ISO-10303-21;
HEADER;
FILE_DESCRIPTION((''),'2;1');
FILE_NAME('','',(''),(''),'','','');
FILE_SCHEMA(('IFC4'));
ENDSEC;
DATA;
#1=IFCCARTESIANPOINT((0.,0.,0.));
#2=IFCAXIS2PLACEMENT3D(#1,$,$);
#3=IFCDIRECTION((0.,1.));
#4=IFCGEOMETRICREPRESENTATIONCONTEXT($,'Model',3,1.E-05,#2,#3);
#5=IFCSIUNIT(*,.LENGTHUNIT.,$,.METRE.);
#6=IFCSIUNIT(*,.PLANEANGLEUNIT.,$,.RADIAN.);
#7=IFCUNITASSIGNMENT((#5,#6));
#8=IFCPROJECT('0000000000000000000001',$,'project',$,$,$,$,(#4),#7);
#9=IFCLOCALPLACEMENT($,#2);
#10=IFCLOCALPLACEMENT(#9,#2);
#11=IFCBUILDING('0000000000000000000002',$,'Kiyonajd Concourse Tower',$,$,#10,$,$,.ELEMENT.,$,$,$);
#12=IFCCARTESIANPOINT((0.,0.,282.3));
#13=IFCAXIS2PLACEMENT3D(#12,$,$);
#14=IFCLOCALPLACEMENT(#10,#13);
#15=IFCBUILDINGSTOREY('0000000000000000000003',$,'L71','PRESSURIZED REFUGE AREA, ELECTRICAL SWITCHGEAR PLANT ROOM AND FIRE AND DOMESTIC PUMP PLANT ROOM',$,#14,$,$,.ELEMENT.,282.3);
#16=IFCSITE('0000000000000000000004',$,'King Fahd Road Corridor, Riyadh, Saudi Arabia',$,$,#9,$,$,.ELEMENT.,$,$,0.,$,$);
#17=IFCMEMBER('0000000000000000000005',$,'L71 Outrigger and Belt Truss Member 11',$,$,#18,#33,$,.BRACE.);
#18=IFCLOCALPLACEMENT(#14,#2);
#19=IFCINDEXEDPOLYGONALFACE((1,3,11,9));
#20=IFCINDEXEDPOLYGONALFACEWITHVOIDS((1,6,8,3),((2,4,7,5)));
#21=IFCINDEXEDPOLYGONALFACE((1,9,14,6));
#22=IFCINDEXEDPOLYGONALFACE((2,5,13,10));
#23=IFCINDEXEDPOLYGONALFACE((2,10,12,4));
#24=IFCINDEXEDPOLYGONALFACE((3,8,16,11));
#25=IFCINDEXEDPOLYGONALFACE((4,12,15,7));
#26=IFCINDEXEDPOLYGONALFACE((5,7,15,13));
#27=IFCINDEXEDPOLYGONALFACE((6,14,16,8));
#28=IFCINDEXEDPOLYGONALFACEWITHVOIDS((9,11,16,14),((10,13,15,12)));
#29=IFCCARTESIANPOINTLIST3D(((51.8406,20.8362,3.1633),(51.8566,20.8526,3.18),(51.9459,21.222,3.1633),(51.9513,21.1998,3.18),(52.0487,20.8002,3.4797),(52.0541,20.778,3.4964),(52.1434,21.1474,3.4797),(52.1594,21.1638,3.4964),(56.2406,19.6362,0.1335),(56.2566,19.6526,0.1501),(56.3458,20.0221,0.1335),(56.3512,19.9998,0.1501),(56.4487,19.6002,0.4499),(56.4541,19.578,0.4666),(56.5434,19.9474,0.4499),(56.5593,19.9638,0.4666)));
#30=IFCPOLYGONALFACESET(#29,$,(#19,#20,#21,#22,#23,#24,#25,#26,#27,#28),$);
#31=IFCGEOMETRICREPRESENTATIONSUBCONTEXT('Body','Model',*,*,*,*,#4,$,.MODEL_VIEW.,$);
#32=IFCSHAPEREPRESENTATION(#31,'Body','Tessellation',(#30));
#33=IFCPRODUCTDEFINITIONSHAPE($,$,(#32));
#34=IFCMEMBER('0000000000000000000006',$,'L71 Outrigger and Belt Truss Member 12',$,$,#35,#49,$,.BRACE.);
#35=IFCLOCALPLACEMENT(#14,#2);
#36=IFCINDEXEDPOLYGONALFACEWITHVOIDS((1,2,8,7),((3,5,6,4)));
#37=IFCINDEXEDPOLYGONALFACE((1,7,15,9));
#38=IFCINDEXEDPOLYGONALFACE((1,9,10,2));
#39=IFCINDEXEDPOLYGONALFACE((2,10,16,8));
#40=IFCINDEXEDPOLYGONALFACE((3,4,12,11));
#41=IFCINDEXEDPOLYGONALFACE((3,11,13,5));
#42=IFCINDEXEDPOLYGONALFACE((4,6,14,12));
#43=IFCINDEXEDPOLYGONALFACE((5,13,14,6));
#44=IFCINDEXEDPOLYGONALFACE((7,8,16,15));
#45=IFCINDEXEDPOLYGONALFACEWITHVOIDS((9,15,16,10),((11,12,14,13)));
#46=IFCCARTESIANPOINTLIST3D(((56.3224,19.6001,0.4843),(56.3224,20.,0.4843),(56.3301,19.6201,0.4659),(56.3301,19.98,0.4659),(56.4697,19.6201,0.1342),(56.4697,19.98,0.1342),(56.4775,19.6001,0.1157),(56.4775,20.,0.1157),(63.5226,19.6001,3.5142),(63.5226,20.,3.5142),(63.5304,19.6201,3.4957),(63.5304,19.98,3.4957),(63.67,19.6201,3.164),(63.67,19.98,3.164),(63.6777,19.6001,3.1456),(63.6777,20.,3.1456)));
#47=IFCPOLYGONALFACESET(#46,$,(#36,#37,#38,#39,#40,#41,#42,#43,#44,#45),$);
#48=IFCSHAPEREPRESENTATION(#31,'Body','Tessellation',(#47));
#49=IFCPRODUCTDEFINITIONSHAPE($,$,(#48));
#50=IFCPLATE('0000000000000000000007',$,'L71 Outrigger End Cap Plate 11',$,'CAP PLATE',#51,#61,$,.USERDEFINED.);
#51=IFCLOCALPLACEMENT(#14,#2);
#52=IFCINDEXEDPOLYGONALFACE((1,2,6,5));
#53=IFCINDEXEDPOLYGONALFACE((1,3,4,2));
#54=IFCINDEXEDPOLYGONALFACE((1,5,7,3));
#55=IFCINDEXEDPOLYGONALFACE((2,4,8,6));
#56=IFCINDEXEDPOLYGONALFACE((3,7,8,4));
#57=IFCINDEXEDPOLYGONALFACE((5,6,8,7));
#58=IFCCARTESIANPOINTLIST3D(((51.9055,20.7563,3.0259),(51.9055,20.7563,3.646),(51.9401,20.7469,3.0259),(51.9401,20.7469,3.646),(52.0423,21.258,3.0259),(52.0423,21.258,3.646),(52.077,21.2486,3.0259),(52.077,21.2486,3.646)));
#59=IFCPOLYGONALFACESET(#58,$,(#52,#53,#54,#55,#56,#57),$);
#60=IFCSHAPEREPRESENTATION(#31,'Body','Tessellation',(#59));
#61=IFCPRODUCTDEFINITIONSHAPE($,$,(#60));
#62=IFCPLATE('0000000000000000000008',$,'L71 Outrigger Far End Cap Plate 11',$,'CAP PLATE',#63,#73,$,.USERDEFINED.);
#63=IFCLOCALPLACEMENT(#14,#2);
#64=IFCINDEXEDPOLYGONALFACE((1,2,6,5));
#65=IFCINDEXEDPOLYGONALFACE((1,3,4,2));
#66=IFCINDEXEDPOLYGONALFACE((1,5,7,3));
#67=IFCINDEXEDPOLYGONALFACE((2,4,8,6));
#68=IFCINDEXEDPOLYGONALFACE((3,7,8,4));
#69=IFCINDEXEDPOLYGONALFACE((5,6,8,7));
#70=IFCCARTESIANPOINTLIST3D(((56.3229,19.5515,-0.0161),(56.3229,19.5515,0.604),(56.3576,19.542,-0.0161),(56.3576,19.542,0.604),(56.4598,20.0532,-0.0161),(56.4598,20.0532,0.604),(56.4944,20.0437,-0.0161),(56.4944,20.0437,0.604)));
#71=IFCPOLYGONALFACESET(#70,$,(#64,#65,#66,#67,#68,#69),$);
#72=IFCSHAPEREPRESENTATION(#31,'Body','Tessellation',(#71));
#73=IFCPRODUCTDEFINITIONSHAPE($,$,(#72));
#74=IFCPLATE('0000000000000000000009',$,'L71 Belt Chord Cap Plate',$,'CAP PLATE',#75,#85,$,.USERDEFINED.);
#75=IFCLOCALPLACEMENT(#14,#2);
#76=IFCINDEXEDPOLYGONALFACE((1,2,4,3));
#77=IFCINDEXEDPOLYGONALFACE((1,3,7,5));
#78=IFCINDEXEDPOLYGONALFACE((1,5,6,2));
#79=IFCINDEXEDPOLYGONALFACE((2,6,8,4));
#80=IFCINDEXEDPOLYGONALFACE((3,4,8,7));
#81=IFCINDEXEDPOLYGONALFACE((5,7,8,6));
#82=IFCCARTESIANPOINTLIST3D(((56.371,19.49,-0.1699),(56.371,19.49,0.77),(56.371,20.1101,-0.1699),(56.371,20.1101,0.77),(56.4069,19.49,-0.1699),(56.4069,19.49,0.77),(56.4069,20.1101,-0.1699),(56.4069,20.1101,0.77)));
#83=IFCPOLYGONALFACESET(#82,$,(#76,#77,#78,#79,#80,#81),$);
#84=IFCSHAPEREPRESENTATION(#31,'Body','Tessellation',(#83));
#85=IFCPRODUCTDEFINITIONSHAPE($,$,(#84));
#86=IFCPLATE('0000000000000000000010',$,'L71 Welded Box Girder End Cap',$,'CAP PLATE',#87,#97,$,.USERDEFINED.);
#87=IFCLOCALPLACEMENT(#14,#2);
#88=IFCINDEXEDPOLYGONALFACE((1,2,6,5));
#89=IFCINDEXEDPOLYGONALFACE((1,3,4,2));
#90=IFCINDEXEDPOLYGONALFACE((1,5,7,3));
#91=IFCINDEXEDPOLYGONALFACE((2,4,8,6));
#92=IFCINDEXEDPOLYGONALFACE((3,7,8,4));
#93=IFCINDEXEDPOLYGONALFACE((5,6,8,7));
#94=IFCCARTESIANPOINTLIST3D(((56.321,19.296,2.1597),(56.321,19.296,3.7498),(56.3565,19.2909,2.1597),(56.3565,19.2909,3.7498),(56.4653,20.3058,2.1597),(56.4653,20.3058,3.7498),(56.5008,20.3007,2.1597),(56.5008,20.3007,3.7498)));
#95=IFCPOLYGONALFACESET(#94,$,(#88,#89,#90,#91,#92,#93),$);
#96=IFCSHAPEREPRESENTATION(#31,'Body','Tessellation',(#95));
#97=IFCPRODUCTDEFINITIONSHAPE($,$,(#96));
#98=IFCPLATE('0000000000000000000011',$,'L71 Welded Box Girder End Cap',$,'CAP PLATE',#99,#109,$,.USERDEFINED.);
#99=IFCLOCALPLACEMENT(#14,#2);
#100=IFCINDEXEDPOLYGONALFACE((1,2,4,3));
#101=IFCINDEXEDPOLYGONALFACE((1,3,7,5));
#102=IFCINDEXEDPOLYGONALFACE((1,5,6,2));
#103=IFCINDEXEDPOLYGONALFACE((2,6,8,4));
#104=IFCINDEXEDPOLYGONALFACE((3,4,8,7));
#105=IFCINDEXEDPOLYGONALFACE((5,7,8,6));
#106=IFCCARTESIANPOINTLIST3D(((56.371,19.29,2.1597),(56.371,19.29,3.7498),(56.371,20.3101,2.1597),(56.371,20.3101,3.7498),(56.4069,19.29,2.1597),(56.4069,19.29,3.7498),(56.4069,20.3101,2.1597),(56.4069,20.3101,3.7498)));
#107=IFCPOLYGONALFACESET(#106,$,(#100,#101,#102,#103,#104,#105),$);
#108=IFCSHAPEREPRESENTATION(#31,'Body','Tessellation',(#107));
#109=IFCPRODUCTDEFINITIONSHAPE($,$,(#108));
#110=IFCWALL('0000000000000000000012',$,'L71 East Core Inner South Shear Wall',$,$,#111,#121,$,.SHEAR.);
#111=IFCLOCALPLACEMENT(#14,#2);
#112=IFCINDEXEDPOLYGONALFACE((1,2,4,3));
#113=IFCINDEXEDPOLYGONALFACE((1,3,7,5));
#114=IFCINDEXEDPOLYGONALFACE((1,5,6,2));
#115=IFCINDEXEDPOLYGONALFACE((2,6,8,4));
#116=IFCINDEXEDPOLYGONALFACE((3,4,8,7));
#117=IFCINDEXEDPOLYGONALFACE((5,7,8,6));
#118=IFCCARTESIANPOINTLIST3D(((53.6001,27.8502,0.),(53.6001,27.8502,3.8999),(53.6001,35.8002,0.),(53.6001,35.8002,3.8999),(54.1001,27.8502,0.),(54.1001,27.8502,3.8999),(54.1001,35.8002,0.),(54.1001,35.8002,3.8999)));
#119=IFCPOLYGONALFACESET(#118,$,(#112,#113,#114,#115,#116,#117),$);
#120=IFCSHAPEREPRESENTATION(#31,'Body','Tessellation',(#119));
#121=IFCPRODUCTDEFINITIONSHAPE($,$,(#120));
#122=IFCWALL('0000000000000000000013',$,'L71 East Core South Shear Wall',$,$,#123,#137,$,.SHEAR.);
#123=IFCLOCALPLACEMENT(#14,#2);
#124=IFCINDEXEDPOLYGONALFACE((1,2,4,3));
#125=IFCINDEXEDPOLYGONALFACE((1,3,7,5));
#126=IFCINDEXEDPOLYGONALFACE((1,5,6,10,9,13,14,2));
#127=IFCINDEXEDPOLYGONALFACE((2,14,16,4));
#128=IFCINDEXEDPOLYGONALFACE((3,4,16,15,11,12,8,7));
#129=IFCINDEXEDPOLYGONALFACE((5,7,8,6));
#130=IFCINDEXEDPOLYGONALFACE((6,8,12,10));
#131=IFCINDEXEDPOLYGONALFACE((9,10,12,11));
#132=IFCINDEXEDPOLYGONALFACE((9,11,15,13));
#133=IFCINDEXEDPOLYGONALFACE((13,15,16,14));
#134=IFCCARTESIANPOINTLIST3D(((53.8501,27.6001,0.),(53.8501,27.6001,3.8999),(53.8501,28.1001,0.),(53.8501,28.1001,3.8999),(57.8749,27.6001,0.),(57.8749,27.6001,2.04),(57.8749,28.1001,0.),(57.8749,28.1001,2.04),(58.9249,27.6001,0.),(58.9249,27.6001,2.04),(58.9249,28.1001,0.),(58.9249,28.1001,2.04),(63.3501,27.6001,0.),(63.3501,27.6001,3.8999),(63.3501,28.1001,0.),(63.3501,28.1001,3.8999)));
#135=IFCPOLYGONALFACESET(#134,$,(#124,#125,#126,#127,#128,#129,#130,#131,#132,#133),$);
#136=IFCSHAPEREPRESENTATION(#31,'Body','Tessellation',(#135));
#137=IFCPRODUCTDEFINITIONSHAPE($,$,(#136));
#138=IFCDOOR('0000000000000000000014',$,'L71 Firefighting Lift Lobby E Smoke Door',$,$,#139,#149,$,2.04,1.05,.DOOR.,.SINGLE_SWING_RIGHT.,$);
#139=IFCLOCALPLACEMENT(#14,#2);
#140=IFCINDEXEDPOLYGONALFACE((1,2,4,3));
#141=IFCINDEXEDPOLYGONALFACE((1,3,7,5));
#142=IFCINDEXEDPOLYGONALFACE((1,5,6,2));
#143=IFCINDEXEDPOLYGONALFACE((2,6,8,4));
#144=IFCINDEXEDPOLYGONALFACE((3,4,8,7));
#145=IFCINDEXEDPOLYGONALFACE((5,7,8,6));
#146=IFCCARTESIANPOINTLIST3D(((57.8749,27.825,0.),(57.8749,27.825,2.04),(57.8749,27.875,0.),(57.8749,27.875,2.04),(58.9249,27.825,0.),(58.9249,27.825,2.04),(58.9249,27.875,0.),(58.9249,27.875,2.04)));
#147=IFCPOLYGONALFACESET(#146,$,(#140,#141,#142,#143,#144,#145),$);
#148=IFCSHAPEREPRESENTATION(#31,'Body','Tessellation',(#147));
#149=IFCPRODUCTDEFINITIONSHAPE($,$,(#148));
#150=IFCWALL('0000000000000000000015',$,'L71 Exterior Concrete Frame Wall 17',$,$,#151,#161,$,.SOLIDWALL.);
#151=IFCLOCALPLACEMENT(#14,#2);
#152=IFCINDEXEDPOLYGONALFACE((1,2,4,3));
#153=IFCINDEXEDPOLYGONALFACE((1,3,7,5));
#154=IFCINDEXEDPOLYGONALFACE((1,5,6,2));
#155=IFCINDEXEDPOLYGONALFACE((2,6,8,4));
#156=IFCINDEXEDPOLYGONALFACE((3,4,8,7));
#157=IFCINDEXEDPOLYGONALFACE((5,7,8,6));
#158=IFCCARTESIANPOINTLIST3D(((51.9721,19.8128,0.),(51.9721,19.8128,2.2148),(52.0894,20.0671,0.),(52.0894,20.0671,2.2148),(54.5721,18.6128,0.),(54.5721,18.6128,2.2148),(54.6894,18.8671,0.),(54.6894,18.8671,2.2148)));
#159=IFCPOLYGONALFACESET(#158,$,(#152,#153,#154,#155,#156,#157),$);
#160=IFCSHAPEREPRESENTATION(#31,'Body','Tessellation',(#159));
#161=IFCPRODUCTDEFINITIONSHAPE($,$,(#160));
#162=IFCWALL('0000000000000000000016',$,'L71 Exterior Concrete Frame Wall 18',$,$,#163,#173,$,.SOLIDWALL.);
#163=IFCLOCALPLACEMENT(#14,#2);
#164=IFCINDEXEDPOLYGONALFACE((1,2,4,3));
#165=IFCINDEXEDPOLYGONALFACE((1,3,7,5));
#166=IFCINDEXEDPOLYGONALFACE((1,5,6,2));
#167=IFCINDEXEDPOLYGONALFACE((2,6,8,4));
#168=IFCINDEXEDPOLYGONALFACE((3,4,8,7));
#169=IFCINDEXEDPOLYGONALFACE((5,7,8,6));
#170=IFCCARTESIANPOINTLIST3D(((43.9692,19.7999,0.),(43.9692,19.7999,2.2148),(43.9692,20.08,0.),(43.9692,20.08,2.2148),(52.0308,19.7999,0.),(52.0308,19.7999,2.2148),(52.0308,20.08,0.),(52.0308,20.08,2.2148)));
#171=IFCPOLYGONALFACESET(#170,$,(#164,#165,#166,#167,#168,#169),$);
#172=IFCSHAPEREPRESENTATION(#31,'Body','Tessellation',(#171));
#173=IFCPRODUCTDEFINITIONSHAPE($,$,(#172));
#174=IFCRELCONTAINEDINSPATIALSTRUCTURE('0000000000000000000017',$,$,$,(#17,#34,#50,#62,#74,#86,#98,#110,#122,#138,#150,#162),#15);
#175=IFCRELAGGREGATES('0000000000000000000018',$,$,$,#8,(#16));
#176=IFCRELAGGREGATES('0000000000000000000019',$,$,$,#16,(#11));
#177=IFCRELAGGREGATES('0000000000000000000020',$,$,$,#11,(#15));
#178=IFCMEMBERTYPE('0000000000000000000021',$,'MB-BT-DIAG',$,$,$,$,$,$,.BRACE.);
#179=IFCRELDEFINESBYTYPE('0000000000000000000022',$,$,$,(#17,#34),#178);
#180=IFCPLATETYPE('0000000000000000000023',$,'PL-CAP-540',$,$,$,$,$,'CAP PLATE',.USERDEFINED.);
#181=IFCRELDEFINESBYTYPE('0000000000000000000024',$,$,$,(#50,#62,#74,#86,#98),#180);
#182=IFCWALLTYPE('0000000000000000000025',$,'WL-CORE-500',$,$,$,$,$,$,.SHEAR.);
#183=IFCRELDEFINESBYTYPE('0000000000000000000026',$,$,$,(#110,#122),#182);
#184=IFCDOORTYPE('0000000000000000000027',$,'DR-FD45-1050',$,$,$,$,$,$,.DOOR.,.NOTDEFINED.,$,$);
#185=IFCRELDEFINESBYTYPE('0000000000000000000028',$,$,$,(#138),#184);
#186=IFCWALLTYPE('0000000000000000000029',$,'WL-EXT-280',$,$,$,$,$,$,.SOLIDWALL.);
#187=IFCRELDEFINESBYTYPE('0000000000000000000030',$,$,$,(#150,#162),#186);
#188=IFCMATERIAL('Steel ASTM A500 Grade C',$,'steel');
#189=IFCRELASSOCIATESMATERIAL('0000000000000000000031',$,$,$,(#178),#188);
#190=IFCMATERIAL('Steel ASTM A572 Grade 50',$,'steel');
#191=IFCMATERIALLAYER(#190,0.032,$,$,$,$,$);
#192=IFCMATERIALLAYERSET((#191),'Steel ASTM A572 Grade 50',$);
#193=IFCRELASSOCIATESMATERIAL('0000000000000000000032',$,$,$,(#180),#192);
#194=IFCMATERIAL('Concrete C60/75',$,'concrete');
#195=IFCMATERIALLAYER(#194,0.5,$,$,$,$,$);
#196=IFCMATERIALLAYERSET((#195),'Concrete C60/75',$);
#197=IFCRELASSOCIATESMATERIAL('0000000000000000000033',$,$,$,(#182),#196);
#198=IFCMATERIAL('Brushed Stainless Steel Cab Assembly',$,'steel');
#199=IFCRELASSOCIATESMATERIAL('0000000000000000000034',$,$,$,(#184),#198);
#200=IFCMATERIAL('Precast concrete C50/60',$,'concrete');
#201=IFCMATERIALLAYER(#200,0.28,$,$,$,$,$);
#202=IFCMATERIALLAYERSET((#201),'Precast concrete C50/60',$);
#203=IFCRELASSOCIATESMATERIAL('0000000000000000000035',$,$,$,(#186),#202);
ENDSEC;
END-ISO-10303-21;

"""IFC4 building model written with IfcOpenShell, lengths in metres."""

from ifc_helpers import new_model, si_unit, direction, frame, frame_2d, origin, origin_2d, place, context, subcontext, project, spatial, rectangle, hollow_rectangle, extrude, material, layer, layer_set, material_profile, profile_set, type_object, element, fill, save


model = new_model("IFC4")

# Units and contexts
model_context = context("Model", 3, precision=1e-05, world=origin(), true_north=direction((0.0, 1.0)))
body_context = subcontext(model_context, "Body", "Model", "MODEL_VIEW")
ifc_project = project(units=[si_unit("LENGTHUNIT", "METRE"), si_unit("PLANEANGLEUNIT", "RADIAN")], contexts=[model_context])

# Site, building, storey
site_placement = place(None, origin())
site = spatial("IfcSite", under=ifc_project, at=site_placement, Name="King Fahd Road Corridor, Riyadh, Saudi Arabia", CompositionType="ELEMENT", RefElevation=0.0)
building_placement = place(site_placement, origin())
building = spatial("IfcBuilding", under=site, at=building_placement, Name="Kiyonajd Concourse Tower", CompositionType="ELEMENT")
storey_placement = place(building_placement, frame((0.0, 0.0, 282.3)))
storey = spatial("IfcBuildingStorey", under=building, at=storey_placement, Name="L71", Description="PRESSURIZED REFUGE AREA, ELECTRICAL SWITCHGEAR PLANT ROOM AND FIRE AND DOMESTIC PUMP PLANT ROOM", CompositionType="ELEMENT", Elevation=282.3)

# Shared definitions
ifc_material_1 = material(Name="Concrete C60/75", Category="concrete")

# Shared definitions
ifc_material_2 = material(Name="Steel ASTM A572 Grade 50", Category="steel")

# Members
ifc_material_3 = material(Name="Steel ASTM A500 Grade C", Category="steel")
ifc_material_profile_1 = material_profile(ifc_material_3, hollow_rectangle(XDim=0.3999, YDim=0.3999, WallThickness=0.02, at=origin_2d()), Name="HSS-400x400x20")
ifc_profile_set_1 = profile_set([ifc_material_profile_1], Name="Steel ASTM A500 Grade C")
member_type_1 = type_object("IfcMemberType", Name="MB-BT-DIAG", PredefinedType="BRACE", material=ifc_profile_set_1)
member_1_placement = place(storey_placement, frame((52.0, 21.0, 3.3298), z_axis=(0.803595, -0.219158, -0.553358), x_axis=(0.263113, 0.964765, 0.0)))
element("IfcMember", 1, at=member_1_placement, inside=storey, type_object=member_type_1, Name="L71 Outrigger and Belt Truss Member 11", PredefinedType="BRACE", context=body_context, shape_type="SweptSolid", body=[
    extrude(hollow_rectangle(XDim=0.3999, YDim=0.3999, WallThickness=0.02, at=origin_2d()), origin(), (0.0, 0.0, 1.0), 5.4753),
])
member_2_placement = place(storey_placement, frame((56.3999, 19.8, 0.3), z_axis=(0.921721, 0.0, 0.387853), x_axis=(0.0, 1.0, 0.0)))
element("IfcMember", 2, at=member_2_placement, inside=storey, type_object=member_type_1, Name="L71 Outrigger and Belt Truss Member 12", PredefinedType="BRACE", context=body_context, shape_type="SweptSolid", body=[
    extrude(hollow_rectangle(XDim=0.3999, YDim=0.3999, WallThickness=0.02, at=origin_2d()), origin(), (0.0, 0.0, 1.0), 7.8118),
])

# Plates
ifc_layer_1 = layer(ifc_material_2, 0.032)
ifc_layer_set_1 = layer_set([ifc_layer_1], Name="Steel ASTM A572 Grade 50")
plate_type = type_object("IfcPlateType", Name="PL-CAP-540", ElementType="CAP PLATE", PredefinedType="USERDEFINED", material=ifc_layer_set_1)
for number, where, z_axis, x_axis, name in (
    (3, (51.9912, 21.0024, 3.0259), (0.0, 0.0, 1.0), (-0.964741, 0.2632, 0.0), "L71 Outrigger End Cap Plate 11"),
    (4, (56.4087, 19.7976, -0.0161), (0.0, 0.0, 1.0), (0.964741, -0.2632, 0.0), "L71 Outrigger Far End Cap Plate 11"),
):
    element("IfcPlate", number, at=place(storey_placement, frame(where, z_axis=z_axis, x_axis=x_axis)), inside=storey, type_object=plate_type, Name=name, ObjectType="CAP PLATE", PredefinedType="USERDEFINED", context=body_context, shape_type="SweptSolid", body=[
        extrude(rectangle(XDim=0.0359, YDim=0.52, at=origin_2d()), origin(), (0.0, 0.0, 1.0), 0.6201),
    ])
plate_placement = place(storey_placement, frame((56.3889, 19.8, -0.1699), z_axis=(0.0, 0.0, 1.0), x_axis=(-1.0, 0.0, 0.0)))
element("IfcPlate", 5, at=plate_placement, inside=storey, type_object=plate_type, Name="L71 Belt Chord Cap Plate", ObjectType="CAP PLATE", PredefinedType="USERDEFINED", context=body_context, shape_type="SweptSolid", body=[
    extrude(rectangle(XDim=0.0359, YDim=0.6201, at=origin_2d()), origin(), (0.0, 0.0, 1.0), 0.9399),
])
for number, where, z_axis, x_axis, name in (
    (6, (56.4109, 19.7983, 2.1597), (0.0, 0.0, 1.0), (0.98995, -0.14142, 0.0), "L71 Welded Box Girder End Cap"),
    (7, (56.3889, 19.8, 2.1597), (0.0, 0.0, 1.0), (-1.0, 0.0, 0.0), "L71 Welded Box Girder End Cap"),
):
    element("IfcPlate", number, at=place(storey_placement, frame(where, z_axis=z_axis, x_axis=x_axis)), inside=storey, type_object=plate_type, Name=name, ObjectType="CAP PLATE", PredefinedType="USERDEFINED", context=body_context, shape_type="SweptSolid", body=[
        extrude(rectangle(XDim=0.0359, YDim=1.02, at=origin_2d()), origin(), (0.0, 0.0, 1.0), 1.5901),
    ])

# Wall
ifc_layer_2 = layer(ifc_material_1, 0.5)
ifc_layer_set_2 = layer_set([ifc_layer_2], Name="Concrete C60/75")
wall_type_1 = type_object("IfcWallType", Name="WL-CORE-500", PredefinedType="SHEAR", material=ifc_layer_set_2)
wall_1_placement = place(storey_placement, frame((53.8501, 27.8501, 0.0), z_axis=(0.0, 0.0, 1.0), x_axis=(0.0, 1.0, 0.0)))
element("IfcWall", 8, at=wall_1_placement, inside=storey, type_object=wall_type_1, Name="L71 East Core Inner South Shear Wall", PredefinedType="SHEAR", context=body_context, shape_type="SweptSolid", body=[
    extrude(rectangle(XDim=7.95, YDim=0.5, at=frame_2d((3.9751, 0.0))), origin(), (0.0, 0.0, 1.0), 3.8999),
])

# Wall, opening, door
wall_2_placement = place(storey_placement, frame((53.8501, 27.8501, 0.0), z_axis=(0.0, 0.0, 1.0), x_axis=(1.0, 0.0, 0.0)))
wall_2 = element("IfcWall", 9, at=wall_2_placement, inside=storey, type_object=wall_type_1, Name="L71 East Core South Shear Wall", PredefinedType="SHEAR", context=body_context, shape_type="SweptSolid", body=[
    extrude(rectangle(XDim=9.5, YDim=0.5, at=frame_2d((4.75, 0.0))), origin(), (0.0, 0.0, 1.0), 3.8999),
])
opening_1_placement = place(wall_2_placement, frame((4.0249, 0.0, 0.0)))
opening_1 = element("IfcOpeningElement", 10, at=opening_1_placement, cuts=wall_2, PredefinedType="OPENING", context=body_context, shape_type="SweptSolid", body=[
    extrude(rectangle(XDim=1.05, YDim=2.04, at=frame_2d((0.5249, 1.02))), frame((0.0, 0.26, 0.0), z_axis=(0.0, -1.0, 0.0), x_axis=(1.0, 0.0, 0.0)), (0.0, 0.0, 1.0), 0.52),
])
ifc_material_4 = material(Name="Brushed Stainless Steel Cab Assembly", Category="steel")
door_type_1 = type_object("IfcDoorType", Name="DR-FD45-1050", OperationType="NOTDEFINED", PredefinedType="DOOR", material=ifc_material_4)
door_1_placement = place(opening_1_placement, origin())
door_1 = element("IfcDoor", 11, at=door_1_placement, inside=storey, type_object=door_type_1, Name="L71 Firefighting Lift Lobby E Smoke Door", OperationType="SINGLE_SWING_RIGHT", OverallHeight=2.04, OverallWidth=1.05, PredefinedType="DOOR", context=body_context, shape_type="SweptSolid", body=[
    extrude(rectangle(XDim=1.05, YDim=2.04, at=frame_2d((0.5249, 1.02))), frame((0.0, 0.0249, 0.0), z_axis=(0.0, -1.0, 0.0), x_axis=(1.0, 0.0, 0.0)), (0.0, 0.0, 1.0), 0.05),
])
fill(opening_1, door_1)

# Walls
ifc_material_5 = material(Name="Precast concrete C50/60", Category="concrete")
ifc_layer_3 = layer(ifc_material_5, 0.28)
ifc_layer_set_3 = layer_set([ifc_layer_3], Name="Precast concrete C50/60")
wall_type_2 = type_object("IfcWallType", Name="WL-EXT-280", PredefinedType="SOLIDWALL", material=ifc_layer_set_3)
wall_3_placement = place(storey_placement, frame((54.6306, 18.74, 0.0), z_axis=(0.0, 0.0, 1.0), x_axis=(-0.907957, 0.419064, 0.0)))
element("IfcWall", 12, at=wall_3_placement, inside=storey, type_object=wall_type_2, Name="L71 Exterior Concrete Frame Wall 17", PredefinedType="SOLIDWALL", context=body_context, shape_type="SweptSolid", body=[
    extrude(rectangle(XDim=2.8635, YDim=0.28, at=frame_2d((1.4316, 0.0))), origin(), (0.0, 0.0, 1.0), 2.2148),
])
wall_4_placement = place(storey_placement, frame((52.0308, 19.9399, 0.0), z_axis=(0.0, 0.0, 1.0), x_axis=(-1.0, 0.0, 0.0)))
element("IfcWall", 13, at=wall_4_placement, inside=storey, type_object=wall_type_2, Name="L71 Exterior Concrete Frame Wall 18", PredefinedType="SOLIDWALL", context=body_context, shape_type="SweptSolid", body=[
    extrude(rectangle(XDim=8.0615, YDim=0.28, at=frame_2d((4.0308, 0.0))), origin(), (0.0, 0.0, 1.0), 2.2148),
])

save(model, "model.ifc")
